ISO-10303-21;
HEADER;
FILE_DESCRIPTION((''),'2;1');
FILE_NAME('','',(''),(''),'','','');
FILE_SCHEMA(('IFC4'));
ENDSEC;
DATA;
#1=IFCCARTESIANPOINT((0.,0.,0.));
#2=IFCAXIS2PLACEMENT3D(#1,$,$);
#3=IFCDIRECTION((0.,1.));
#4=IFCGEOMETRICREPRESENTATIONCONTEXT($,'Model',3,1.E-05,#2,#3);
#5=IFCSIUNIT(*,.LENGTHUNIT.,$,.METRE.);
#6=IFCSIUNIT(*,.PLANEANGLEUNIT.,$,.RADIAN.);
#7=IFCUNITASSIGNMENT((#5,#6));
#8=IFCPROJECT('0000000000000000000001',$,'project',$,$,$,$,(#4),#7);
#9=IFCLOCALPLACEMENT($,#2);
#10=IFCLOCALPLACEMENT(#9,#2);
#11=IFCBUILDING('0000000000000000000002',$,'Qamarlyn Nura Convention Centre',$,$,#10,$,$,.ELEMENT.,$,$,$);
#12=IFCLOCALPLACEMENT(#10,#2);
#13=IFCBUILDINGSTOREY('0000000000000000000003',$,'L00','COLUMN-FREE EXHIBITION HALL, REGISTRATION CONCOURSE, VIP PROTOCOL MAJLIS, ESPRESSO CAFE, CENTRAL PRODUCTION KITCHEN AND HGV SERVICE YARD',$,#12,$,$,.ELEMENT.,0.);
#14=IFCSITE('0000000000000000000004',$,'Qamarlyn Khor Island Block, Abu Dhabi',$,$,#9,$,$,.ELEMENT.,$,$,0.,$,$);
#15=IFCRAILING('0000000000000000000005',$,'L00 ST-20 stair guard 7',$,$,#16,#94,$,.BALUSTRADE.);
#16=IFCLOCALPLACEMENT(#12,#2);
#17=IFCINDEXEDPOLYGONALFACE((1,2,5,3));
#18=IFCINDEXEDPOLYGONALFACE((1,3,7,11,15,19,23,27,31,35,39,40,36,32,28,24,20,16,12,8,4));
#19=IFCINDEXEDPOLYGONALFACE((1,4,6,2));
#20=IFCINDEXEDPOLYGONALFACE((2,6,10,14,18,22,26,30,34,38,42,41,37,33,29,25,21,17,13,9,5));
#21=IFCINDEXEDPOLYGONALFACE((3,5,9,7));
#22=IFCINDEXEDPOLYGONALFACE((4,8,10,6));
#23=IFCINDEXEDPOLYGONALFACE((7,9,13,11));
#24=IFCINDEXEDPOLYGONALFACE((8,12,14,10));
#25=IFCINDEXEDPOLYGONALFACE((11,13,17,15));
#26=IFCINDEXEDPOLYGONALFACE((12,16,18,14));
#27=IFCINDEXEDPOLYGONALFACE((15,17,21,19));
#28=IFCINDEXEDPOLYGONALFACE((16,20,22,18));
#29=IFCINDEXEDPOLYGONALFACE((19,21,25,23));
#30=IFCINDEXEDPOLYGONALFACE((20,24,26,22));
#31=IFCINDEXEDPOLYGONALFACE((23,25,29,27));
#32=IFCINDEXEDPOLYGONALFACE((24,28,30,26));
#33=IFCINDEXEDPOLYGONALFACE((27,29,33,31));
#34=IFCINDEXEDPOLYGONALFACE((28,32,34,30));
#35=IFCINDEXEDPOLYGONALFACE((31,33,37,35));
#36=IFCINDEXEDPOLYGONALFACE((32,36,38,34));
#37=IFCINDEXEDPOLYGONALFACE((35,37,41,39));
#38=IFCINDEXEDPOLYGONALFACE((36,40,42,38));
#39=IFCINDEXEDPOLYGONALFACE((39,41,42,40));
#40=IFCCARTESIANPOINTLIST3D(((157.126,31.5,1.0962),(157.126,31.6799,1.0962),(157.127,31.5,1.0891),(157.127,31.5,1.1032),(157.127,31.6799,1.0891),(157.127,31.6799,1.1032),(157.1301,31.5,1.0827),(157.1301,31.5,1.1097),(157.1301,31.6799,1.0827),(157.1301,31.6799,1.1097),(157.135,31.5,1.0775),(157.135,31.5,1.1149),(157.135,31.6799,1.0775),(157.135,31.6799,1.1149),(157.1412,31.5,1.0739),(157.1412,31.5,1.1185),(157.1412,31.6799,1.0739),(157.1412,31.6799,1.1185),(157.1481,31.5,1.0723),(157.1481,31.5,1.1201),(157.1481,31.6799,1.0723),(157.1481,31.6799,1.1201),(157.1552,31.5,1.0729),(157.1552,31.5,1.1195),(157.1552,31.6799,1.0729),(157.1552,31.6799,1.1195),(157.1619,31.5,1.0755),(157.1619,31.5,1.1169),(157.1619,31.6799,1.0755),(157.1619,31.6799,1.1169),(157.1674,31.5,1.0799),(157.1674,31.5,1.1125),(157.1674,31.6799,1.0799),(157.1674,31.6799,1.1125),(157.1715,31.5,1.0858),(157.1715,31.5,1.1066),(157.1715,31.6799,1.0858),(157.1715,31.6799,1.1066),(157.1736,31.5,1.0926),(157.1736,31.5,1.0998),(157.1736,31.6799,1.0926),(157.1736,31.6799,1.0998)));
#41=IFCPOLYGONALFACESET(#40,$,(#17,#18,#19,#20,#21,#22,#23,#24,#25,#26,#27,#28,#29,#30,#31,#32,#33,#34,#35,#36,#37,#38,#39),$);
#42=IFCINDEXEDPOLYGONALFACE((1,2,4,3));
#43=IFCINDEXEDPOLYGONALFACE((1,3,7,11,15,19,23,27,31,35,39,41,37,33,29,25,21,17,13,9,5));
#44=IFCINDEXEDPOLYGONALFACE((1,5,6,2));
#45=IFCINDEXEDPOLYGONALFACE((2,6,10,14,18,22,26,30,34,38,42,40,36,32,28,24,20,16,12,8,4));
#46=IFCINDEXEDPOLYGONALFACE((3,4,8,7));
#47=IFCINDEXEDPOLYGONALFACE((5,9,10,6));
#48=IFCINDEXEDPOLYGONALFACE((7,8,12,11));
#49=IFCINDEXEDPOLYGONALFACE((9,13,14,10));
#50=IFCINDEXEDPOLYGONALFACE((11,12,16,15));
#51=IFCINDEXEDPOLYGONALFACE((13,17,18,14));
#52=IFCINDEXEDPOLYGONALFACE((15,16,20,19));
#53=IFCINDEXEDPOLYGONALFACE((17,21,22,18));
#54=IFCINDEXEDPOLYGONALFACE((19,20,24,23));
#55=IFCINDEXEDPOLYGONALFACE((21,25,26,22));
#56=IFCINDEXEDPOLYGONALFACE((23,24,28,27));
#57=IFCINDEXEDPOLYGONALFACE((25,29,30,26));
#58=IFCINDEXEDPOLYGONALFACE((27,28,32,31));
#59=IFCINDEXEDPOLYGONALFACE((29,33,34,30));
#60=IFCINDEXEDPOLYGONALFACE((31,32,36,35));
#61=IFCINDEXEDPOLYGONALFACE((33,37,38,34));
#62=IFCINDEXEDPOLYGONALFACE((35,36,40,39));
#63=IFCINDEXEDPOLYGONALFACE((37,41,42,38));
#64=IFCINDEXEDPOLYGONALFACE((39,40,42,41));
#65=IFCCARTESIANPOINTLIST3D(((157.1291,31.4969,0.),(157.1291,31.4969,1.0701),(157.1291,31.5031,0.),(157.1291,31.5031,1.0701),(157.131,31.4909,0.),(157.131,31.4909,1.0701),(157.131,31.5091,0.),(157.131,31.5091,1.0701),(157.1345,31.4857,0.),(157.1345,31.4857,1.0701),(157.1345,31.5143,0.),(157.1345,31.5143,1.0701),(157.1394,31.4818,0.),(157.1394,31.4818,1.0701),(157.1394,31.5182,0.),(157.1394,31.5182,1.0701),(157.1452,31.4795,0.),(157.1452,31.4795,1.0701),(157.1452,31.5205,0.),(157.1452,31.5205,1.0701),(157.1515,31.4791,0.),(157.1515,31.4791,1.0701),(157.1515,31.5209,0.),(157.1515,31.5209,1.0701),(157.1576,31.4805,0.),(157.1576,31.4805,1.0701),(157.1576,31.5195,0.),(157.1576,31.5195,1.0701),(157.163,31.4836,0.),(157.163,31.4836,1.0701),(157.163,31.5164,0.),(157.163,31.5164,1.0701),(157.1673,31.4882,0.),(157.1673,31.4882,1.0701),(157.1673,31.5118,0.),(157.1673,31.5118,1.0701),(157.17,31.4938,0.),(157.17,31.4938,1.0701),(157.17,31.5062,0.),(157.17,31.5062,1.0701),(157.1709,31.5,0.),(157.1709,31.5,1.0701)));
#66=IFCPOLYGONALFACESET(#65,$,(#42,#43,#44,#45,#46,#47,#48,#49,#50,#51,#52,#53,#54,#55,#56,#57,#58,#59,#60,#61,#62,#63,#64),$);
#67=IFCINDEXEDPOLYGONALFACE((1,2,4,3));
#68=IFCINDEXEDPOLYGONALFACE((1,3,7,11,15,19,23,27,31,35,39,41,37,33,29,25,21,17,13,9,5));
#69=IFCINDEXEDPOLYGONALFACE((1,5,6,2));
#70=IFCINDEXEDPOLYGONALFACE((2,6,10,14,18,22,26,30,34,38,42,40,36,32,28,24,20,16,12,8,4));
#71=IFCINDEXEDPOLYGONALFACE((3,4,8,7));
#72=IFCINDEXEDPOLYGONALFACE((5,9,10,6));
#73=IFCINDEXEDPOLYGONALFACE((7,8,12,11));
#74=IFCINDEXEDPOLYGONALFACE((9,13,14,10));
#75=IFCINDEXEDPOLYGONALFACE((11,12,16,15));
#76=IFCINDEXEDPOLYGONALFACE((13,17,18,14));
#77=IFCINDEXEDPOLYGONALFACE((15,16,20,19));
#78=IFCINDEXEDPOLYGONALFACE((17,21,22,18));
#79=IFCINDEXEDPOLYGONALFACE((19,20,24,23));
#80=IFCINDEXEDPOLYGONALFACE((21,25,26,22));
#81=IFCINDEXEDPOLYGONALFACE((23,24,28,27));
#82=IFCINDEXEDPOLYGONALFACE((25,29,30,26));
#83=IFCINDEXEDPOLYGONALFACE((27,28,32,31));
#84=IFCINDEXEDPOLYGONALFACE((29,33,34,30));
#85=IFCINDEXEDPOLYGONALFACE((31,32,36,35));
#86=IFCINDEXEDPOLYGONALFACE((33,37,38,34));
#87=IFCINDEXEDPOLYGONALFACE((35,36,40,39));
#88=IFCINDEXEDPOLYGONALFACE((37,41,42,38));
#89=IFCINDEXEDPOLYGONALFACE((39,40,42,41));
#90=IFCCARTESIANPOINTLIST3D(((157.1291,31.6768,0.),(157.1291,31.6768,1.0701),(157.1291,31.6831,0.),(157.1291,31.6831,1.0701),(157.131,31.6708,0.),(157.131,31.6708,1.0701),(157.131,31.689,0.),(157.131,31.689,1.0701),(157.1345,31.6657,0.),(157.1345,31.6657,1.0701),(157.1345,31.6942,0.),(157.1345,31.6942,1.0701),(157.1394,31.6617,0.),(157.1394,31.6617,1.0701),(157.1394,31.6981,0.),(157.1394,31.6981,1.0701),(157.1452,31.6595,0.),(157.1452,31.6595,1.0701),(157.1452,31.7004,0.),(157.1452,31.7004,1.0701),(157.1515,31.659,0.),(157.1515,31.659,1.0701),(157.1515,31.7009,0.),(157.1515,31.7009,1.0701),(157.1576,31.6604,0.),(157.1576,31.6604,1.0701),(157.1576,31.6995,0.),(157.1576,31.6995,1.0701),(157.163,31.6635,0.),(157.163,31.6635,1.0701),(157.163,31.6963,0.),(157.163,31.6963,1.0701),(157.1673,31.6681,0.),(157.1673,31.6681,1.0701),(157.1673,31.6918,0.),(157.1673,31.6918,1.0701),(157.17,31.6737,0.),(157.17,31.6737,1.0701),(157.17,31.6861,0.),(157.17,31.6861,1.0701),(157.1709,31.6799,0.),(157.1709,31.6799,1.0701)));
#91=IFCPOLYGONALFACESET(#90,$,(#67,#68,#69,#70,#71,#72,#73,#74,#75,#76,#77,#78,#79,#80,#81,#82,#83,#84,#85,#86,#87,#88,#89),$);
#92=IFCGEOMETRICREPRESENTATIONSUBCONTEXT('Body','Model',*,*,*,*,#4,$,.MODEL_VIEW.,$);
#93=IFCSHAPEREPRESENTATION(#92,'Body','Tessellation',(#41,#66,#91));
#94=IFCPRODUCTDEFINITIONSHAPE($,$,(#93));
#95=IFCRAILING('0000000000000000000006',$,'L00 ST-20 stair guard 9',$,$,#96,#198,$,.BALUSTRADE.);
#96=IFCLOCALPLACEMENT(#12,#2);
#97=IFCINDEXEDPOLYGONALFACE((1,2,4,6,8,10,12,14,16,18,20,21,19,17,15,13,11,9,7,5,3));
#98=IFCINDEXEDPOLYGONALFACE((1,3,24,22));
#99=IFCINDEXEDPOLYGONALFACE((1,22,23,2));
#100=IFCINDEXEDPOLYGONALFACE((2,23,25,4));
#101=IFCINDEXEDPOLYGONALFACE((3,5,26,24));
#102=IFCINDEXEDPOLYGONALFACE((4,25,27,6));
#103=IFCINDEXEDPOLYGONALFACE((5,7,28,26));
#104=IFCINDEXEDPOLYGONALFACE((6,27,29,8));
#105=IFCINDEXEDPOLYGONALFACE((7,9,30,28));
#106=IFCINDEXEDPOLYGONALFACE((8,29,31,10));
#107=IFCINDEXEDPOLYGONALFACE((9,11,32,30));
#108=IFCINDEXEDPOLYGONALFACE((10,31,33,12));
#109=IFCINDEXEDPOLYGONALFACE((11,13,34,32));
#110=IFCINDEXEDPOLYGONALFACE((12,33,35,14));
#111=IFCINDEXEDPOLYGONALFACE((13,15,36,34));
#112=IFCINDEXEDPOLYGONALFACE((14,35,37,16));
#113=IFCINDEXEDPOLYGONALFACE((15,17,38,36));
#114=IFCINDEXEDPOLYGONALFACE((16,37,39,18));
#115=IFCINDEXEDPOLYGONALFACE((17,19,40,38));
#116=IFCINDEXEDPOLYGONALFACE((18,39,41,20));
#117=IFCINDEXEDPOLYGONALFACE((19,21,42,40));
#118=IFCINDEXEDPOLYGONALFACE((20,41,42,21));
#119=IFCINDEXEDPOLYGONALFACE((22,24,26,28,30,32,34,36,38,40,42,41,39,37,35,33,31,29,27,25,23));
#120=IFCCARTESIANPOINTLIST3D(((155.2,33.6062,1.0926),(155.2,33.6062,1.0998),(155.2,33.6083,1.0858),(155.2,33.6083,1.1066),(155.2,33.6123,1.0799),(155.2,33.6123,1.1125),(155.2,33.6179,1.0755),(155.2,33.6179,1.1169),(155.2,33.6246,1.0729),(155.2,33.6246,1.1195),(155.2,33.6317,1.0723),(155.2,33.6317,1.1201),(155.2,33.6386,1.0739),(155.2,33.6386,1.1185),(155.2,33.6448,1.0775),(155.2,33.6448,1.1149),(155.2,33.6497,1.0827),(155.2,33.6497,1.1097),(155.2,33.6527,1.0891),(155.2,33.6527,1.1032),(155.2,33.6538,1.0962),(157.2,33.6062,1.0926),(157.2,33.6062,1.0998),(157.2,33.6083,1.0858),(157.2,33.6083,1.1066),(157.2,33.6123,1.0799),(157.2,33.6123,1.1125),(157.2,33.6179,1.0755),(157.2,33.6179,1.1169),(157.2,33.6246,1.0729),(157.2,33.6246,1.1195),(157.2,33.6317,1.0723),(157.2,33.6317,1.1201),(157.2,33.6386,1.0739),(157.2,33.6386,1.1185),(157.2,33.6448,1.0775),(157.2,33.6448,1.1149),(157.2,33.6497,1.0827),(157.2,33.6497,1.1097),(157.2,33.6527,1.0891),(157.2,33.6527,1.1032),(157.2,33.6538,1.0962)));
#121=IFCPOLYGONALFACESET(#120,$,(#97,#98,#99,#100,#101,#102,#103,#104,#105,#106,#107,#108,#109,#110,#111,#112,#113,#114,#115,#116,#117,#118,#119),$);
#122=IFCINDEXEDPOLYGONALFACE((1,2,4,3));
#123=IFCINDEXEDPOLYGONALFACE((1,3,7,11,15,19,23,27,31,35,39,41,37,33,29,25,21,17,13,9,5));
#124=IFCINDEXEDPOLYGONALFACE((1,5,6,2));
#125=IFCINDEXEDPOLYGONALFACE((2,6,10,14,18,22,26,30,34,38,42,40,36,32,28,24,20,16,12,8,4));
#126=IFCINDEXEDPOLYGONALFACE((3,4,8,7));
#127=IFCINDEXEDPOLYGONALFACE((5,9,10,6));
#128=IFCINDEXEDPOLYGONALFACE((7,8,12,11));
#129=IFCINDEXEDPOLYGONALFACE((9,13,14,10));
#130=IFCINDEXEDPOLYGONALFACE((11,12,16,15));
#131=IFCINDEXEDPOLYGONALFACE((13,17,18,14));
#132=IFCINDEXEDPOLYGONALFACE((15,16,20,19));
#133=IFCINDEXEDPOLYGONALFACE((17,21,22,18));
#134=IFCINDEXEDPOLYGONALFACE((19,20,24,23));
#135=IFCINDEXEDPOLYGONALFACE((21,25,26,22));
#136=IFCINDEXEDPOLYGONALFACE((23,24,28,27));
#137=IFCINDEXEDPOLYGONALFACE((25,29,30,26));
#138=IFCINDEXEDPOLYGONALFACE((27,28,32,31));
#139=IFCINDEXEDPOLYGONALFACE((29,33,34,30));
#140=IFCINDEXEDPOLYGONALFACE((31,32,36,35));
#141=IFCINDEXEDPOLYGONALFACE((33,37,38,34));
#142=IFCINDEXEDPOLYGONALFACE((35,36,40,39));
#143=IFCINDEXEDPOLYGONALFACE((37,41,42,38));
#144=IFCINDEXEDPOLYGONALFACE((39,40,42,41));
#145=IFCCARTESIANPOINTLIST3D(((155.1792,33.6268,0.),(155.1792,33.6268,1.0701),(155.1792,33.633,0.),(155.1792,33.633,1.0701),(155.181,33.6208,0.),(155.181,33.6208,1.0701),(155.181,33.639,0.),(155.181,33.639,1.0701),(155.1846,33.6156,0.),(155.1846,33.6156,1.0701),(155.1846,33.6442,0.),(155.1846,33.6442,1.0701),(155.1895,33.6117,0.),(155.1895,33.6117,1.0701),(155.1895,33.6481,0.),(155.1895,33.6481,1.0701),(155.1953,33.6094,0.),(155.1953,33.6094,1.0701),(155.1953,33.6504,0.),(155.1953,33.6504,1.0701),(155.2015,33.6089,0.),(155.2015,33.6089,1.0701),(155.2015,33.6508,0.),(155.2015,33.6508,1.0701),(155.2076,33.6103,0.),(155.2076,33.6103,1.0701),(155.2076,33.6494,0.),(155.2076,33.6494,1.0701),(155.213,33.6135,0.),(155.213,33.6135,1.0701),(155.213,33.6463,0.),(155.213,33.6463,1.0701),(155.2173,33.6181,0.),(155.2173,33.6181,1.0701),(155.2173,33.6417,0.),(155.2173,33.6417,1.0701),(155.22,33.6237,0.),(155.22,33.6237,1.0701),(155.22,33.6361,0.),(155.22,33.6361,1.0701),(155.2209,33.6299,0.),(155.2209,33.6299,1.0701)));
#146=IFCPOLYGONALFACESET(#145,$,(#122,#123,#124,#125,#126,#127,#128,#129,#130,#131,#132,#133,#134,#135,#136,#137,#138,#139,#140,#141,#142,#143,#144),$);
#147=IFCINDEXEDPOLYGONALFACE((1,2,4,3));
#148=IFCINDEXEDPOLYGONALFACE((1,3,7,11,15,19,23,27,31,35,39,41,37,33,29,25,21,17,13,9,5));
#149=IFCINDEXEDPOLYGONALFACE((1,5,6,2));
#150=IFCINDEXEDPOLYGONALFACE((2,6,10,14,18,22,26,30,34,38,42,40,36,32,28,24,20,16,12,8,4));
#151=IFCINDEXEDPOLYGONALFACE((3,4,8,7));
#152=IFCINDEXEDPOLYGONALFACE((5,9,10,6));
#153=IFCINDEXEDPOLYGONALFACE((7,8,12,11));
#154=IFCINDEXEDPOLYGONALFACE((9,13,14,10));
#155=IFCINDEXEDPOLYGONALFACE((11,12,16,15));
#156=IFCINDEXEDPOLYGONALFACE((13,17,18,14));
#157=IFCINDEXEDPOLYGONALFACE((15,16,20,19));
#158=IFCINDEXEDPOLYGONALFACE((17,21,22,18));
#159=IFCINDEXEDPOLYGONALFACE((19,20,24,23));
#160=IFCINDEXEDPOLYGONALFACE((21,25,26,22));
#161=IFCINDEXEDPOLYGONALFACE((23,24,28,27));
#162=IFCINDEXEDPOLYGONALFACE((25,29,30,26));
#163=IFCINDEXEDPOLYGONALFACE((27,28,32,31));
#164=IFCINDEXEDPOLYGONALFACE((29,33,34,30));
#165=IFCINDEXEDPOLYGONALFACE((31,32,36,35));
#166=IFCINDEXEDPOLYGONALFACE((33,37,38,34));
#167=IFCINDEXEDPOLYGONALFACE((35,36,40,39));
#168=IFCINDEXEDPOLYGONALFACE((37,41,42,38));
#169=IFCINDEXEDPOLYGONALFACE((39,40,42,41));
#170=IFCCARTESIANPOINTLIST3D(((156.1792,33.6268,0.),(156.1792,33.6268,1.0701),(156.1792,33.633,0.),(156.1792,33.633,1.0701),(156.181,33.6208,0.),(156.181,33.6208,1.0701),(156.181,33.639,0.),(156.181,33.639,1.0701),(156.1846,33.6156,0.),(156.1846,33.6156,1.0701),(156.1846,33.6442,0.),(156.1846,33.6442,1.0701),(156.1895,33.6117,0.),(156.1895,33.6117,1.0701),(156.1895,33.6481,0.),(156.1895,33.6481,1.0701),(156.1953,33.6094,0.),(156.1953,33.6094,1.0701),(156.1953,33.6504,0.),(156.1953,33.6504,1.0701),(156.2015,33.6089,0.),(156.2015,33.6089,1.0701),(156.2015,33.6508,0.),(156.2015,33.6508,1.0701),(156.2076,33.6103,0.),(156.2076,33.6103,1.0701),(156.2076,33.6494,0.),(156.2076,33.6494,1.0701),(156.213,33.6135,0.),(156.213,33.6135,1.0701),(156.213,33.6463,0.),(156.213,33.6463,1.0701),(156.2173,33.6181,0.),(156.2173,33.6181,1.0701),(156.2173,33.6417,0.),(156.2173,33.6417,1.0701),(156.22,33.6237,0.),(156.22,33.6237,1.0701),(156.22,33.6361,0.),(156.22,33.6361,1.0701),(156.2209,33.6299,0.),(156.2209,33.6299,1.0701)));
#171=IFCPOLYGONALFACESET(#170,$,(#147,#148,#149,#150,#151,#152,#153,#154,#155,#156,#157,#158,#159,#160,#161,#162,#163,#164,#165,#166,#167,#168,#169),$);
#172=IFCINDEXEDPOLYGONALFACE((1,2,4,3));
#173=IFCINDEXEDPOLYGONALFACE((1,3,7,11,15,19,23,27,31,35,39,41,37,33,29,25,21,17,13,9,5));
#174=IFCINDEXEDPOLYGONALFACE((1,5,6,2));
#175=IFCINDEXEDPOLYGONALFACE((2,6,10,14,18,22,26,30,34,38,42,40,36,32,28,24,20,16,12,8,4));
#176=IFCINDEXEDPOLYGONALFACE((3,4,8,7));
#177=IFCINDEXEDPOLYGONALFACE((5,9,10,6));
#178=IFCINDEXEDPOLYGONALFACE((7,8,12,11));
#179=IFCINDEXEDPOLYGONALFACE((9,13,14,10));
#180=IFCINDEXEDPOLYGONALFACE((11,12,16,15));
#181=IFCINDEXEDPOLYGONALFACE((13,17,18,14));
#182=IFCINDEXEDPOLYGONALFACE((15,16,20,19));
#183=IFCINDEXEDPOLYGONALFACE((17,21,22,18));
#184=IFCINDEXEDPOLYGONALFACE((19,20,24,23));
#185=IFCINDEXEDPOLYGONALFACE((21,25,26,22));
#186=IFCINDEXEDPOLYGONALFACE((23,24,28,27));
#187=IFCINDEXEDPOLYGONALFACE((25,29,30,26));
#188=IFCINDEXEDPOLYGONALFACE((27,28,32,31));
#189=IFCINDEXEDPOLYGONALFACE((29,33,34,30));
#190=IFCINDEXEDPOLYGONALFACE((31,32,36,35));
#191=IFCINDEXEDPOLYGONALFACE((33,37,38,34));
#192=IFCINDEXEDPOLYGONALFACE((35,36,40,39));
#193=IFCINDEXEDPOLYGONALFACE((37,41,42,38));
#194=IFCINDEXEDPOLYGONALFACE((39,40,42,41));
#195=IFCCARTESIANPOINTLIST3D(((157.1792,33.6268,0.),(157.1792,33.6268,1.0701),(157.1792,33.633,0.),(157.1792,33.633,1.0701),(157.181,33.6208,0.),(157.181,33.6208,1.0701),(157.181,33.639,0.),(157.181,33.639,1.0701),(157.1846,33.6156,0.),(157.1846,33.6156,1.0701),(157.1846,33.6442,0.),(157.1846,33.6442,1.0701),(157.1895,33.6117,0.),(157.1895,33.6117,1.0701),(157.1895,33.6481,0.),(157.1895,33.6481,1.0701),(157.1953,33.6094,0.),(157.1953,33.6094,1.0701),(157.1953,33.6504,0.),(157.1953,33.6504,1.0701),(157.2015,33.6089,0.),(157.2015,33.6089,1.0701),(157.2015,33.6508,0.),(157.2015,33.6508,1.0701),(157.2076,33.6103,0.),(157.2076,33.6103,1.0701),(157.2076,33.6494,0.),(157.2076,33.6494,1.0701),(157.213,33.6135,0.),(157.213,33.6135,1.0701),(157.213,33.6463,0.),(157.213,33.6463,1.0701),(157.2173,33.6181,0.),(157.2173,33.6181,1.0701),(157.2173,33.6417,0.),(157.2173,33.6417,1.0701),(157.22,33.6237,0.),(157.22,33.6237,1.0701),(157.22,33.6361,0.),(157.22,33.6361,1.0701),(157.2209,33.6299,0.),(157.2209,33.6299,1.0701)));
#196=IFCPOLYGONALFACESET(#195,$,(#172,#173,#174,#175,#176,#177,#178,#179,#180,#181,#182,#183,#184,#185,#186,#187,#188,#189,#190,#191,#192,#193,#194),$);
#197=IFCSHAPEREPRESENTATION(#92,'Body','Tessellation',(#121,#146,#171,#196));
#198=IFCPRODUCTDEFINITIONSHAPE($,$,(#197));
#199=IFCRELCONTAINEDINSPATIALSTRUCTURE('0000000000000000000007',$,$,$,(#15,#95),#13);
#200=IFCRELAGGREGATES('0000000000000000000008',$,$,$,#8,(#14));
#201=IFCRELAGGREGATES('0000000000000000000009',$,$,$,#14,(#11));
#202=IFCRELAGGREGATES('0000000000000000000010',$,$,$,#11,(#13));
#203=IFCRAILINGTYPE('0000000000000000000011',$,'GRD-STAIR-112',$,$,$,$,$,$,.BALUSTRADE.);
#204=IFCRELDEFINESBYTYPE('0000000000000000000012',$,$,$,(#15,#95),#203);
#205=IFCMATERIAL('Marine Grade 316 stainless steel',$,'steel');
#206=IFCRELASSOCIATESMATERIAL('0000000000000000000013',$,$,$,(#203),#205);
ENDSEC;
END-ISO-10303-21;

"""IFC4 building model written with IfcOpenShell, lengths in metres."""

from ifc_helpers import new_model, si_unit, direction, frame, origin, origin_2d, place, context, subcontext, project, spatial, circle, extrude, material, type_object, element, save


model = new_model("IFC4")

# Units and contexts
model_context = context("Model", 3, precision=1e-05, world=origin(), true_north=direction((0.0, 1.0)))
body_context = subcontext(model_context, "Body", "Model", "MODEL_VIEW")
ifc_project = project(units=[si_unit("LENGTHUNIT", "METRE"), si_unit("PLANEANGLEUNIT", "RADIAN")], contexts=[model_context])

# Site, building, storey
site_placement = place(None, origin())
site = spatial("IfcSite", under=ifc_project, at=site_placement, Name="Qamarlyn Khor Island Block, Abu Dhabi", CompositionType="ELEMENT", RefElevation=0.0)
building_placement = place(site_placement, origin())
building = spatial("IfcBuilding", under=site, at=building_placement, Name="Qamarlyn Nura Convention Centre", CompositionType="ELEMENT")
storey_placement = place(building_placement, origin())
storey = spatial("IfcBuildingStorey", under=building, at=storey_placement, Name="L00", Description="COLUMN-FREE EXHIBITION HALL, REGISTRATION CONCOURSE, VIP PROTOCOL MAJLIS, ESPRESSO CAFE, CENTRAL PRODUCTION KITCHEN AND HGV SERVICE YARD", CompositionType="ELEMENT", Elevation=0.0)

# Railings
ifc_material_1 = material(Name="Marine Grade 316 stainless steel", Category="steel")
railing_type_1 = type_object("IfcRailingType", Name="GRD-STAIR-112", PredefinedType="BALUSTRADE", material=ifc_material_1)
railing_1_placement = place(storey_placement, frame((157.1499, 31.5, 0.0)))
element("IfcRailing", 1, at=railing_1_placement, inside=storey, type_object=railing_type_1, Name="L00 ST-20 stair guard 7", PredefinedType="BALUSTRADE", context=body_context, shape_type="SweptSolid", body=[
    extrude(circle(Radius=0.0239, at=origin_2d()), frame((0.0, 0.0, 1.0962), z_axis=(0.0, 1.0, 0.0), x_axis=(-1.0, 0.0, 0.0)), (0.0, 0.0, 1.0), 0.1799),
    extrude(circle(Radius=0.021, at=origin_2d()), origin(), (0.0, 0.0, 1.0), 1.0701),
    extrude(circle(Radius=0.021, at=origin_2d()), frame((0.0, 0.1799, 0.0)), (0.0, 0.0, 1.0), 1.0701),
])
railing_2_placement = place(storey_placement, frame((155.2, 33.6299, 0.0)))
element("IfcRailing", 2, at=railing_2_placement, inside=storey, type_object=railing_type_1, Name="L00 ST-20 stair guard 9", PredefinedType="BALUSTRADE", context=body_context, shape_type="SweptSolid", body=[
    extrude(circle(Radius=0.0239, at=origin_2d()), frame((0.0, 0.0, 1.0962), z_axis=(1.0, 0.0, 0.0), x_axis=(0.0, 1.0, 0.0)), (0.0, 0.0, 1.0), 2.0),
    extrude(circle(Radius=0.021, at=origin_2d()), origin(), (0.0, 0.0, 1.0), 1.0701),
    extrude(circle(Radius=0.021, at=origin_2d()), frame((1.0, 0.0, 0.0)), (0.0, 0.0, 1.0), 1.0701),
    extrude(circle(Radius=0.021, at=origin_2d()), frame((2.0, 0.0, 0.0)), (0.0, 0.0, 1.0), 1.0701),
])

save(model, "model.ifc")
